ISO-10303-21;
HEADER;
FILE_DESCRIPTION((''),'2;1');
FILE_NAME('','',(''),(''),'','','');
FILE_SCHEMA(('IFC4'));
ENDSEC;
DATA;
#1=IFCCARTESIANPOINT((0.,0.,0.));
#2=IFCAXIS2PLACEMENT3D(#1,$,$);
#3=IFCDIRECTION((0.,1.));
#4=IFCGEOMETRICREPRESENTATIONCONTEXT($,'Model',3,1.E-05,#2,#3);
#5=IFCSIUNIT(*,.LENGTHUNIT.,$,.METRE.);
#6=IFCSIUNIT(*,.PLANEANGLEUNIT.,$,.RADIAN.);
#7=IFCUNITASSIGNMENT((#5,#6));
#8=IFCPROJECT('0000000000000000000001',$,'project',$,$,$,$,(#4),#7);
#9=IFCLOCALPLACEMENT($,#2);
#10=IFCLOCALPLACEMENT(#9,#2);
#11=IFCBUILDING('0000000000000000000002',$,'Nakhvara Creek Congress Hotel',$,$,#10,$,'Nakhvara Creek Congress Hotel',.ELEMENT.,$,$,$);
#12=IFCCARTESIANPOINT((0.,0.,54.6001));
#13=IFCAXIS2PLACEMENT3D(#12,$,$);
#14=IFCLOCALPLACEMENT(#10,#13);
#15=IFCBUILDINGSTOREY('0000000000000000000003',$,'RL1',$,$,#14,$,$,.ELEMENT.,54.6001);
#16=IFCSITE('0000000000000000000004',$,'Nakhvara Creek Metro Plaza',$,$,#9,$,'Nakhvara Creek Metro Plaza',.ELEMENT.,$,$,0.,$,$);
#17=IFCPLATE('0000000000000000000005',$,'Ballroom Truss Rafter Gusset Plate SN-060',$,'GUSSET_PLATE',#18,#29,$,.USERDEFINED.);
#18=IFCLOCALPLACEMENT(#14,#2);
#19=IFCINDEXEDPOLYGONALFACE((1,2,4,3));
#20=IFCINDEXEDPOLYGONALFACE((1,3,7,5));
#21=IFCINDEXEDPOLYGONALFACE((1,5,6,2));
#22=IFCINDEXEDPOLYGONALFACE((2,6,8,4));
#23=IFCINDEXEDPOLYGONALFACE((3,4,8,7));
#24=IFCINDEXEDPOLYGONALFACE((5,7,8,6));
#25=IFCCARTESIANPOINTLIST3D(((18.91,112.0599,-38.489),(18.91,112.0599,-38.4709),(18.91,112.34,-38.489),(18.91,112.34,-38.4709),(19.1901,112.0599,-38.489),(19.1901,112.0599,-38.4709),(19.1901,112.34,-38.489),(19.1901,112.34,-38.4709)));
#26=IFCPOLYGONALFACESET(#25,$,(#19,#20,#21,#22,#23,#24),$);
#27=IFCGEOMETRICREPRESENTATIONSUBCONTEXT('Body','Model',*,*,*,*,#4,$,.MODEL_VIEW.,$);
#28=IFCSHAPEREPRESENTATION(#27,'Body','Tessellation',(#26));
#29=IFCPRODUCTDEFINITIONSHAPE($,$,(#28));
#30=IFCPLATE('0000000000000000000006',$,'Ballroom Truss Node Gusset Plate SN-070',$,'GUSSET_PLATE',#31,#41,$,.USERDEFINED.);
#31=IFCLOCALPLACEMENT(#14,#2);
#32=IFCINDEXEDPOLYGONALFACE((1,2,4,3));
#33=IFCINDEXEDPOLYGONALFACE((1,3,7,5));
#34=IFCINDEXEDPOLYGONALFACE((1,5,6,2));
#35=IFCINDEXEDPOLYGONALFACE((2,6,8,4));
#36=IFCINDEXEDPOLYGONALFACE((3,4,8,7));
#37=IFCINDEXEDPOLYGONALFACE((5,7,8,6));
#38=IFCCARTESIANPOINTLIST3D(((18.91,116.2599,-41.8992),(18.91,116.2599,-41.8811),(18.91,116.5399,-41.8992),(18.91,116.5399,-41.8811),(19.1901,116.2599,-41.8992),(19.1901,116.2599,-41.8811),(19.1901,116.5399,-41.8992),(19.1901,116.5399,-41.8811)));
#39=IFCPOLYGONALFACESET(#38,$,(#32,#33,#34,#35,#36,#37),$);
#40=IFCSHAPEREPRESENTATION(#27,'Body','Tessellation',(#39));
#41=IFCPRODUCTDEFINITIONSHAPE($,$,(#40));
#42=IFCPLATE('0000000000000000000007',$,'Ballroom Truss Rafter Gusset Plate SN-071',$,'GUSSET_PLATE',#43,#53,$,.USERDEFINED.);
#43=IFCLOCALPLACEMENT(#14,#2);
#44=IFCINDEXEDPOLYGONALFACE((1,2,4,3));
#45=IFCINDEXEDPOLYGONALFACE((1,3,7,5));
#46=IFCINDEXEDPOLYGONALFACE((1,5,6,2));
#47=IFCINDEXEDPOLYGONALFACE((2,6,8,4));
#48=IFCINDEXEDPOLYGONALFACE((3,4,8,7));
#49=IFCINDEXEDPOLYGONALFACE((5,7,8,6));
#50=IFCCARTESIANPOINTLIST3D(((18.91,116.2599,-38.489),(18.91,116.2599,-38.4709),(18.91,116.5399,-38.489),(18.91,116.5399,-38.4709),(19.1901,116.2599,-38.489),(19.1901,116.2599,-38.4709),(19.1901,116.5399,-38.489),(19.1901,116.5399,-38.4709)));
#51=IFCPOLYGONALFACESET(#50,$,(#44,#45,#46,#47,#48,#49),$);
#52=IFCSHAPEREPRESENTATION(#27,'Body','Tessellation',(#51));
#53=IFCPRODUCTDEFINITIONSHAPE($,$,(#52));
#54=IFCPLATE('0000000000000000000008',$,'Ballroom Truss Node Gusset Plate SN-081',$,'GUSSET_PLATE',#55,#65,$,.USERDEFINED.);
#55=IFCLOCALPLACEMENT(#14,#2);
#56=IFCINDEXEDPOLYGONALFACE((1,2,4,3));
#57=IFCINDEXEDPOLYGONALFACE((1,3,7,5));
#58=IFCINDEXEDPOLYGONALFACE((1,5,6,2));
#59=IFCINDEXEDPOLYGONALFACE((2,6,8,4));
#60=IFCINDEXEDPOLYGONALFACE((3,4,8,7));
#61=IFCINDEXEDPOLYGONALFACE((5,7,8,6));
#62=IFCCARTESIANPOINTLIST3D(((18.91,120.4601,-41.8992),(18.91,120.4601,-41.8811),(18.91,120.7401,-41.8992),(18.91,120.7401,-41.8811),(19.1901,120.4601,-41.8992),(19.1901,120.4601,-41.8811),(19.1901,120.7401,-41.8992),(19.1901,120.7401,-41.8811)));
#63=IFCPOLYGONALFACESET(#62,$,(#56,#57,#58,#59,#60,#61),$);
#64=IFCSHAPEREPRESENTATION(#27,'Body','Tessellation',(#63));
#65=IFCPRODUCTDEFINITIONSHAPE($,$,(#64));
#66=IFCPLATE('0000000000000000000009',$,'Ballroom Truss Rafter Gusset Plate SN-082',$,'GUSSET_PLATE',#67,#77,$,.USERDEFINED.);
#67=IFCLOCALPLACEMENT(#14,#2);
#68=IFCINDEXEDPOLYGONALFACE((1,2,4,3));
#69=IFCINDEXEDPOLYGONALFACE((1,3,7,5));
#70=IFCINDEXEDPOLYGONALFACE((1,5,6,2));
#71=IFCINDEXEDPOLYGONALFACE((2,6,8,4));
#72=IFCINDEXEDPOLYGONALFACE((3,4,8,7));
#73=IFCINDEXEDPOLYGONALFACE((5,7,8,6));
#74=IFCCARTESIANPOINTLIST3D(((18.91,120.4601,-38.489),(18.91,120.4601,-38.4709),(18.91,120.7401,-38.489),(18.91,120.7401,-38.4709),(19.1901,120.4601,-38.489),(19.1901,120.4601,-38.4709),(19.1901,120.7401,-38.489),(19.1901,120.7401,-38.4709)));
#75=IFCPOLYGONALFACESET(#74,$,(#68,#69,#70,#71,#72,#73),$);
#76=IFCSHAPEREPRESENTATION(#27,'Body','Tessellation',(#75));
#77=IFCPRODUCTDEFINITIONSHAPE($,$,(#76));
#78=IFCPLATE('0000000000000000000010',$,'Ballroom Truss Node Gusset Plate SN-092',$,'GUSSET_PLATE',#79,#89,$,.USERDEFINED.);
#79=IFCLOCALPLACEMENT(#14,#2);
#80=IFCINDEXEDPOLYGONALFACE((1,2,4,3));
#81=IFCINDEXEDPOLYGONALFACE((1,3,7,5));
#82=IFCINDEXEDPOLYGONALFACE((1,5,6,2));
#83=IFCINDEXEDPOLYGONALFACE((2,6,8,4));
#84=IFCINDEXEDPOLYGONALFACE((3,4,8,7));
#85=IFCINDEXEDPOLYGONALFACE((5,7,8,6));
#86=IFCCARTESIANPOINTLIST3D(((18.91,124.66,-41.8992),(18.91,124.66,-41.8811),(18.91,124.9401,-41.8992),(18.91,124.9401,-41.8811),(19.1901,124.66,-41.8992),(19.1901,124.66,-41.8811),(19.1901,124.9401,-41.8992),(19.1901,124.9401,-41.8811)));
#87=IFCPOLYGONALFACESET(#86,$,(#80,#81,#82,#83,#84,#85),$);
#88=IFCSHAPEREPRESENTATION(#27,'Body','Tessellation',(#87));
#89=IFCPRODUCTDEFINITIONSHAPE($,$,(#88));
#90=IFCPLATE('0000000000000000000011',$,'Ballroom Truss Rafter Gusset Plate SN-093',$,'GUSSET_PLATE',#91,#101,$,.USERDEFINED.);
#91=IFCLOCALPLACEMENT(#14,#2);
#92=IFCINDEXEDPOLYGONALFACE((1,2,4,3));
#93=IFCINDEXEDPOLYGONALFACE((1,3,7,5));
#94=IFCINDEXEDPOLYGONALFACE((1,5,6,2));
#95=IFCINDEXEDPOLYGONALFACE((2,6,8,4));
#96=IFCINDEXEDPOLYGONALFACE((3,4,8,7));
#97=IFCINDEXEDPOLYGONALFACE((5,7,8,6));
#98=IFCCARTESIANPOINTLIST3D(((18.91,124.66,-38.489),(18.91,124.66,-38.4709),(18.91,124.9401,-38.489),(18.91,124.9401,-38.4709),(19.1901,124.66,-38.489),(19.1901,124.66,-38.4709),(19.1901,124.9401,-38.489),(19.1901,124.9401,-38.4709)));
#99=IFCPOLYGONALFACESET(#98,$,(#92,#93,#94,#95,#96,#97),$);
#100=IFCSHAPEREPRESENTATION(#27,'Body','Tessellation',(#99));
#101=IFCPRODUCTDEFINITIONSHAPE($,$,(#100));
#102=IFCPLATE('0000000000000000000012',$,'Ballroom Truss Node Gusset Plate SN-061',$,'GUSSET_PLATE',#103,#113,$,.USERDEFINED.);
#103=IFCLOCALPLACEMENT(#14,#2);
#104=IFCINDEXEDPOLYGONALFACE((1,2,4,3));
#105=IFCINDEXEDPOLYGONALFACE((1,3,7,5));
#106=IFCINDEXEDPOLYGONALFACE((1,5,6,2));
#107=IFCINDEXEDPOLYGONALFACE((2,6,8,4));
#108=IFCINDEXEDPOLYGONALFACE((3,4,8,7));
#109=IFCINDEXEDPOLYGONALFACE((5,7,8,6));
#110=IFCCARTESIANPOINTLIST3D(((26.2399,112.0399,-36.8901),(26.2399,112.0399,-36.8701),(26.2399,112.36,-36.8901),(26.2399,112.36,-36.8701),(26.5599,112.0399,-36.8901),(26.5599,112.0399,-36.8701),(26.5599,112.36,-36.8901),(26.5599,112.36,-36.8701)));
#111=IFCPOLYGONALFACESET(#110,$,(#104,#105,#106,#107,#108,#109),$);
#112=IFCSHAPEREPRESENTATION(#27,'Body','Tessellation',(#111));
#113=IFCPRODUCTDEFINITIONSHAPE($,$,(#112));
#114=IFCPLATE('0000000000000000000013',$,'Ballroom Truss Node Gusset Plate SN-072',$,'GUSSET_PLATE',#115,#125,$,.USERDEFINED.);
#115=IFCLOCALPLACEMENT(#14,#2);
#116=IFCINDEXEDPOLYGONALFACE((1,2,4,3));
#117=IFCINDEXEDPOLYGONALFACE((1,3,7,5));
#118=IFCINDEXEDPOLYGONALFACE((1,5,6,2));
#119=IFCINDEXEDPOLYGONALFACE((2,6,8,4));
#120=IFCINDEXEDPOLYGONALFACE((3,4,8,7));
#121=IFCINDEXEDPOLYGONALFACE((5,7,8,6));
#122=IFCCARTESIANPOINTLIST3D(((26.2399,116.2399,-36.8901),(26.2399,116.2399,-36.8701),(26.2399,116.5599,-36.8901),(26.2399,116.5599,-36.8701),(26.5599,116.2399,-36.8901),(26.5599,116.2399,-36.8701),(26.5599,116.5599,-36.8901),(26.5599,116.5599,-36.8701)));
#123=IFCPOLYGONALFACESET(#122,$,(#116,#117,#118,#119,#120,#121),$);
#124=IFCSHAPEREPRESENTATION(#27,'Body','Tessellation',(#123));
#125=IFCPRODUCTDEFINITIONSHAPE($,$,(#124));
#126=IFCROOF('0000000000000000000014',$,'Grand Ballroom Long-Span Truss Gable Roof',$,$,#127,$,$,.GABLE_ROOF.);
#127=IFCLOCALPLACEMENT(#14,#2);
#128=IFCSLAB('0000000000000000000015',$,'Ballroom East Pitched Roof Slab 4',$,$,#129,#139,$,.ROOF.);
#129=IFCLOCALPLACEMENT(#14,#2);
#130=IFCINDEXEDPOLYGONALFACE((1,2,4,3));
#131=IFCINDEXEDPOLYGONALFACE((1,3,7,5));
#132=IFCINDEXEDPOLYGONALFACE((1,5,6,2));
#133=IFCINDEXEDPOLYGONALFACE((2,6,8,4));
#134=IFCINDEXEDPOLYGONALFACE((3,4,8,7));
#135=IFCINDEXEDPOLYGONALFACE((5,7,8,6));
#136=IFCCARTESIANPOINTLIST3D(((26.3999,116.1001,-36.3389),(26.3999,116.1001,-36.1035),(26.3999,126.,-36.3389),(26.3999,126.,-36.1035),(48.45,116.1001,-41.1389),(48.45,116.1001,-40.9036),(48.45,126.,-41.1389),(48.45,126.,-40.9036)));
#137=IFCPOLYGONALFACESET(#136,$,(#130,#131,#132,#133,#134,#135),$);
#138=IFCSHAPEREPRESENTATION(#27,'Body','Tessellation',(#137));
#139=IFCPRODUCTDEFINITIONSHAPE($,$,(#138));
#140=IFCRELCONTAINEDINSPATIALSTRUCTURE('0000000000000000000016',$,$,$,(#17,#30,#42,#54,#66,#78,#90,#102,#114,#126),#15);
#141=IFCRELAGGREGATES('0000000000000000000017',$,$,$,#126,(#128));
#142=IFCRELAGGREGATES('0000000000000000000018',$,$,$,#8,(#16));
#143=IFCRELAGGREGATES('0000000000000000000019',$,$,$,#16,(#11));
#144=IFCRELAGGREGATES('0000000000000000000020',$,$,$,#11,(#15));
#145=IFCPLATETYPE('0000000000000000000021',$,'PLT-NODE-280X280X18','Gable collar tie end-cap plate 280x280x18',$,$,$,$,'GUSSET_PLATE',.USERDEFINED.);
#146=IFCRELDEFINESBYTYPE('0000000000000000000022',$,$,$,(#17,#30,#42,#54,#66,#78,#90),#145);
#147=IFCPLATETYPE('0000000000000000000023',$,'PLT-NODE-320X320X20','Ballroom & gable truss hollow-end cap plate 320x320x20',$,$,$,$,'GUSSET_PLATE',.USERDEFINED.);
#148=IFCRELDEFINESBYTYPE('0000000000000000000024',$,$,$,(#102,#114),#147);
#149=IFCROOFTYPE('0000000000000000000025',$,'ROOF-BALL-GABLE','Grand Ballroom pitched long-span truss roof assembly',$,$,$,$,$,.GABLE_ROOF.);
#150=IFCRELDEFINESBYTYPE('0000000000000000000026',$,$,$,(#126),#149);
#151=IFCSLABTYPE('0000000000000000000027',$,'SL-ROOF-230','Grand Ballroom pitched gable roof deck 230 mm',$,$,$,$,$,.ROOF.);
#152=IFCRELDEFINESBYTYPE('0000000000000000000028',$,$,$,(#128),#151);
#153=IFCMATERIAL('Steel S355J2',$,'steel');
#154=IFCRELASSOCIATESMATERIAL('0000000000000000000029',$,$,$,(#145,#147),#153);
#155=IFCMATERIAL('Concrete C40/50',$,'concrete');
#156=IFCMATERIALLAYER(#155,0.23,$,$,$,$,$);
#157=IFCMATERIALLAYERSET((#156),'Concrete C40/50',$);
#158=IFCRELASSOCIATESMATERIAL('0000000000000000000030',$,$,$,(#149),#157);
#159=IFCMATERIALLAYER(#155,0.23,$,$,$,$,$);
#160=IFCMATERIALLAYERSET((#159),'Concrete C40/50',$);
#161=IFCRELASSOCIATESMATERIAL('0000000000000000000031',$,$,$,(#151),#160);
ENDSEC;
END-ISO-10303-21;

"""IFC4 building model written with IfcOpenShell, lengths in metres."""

from ifc_helpers import new_model, si_unit, direction, frame, origin, origin_2d, place, context, subcontext, project, spatial, polyline, rectangle, outline, extrude, material, layer, layer_set, type_object, element, aggregate, save


model = new_model("IFC4")

# Units and contexts
model_context = context("Model", 3, precision=1e-05, world=origin(), true_north=direction((0.0, 1.0)))
body_context = subcontext(model_context, "Body", "Model", "MODEL_VIEW")
ifc_project = project(units=[si_unit("LENGTHUNIT", "METRE"), si_unit("PLANEANGLEUNIT", "RADIAN")], contexts=[model_context])

# Site, building, storey
site_placement = place(None, origin())
site = spatial("IfcSite", under=ifc_project, at=site_placement, Name="Nakhvara Creek Metro Plaza", LongName="Nakhvara Creek Metro Plaza", CompositionType="ELEMENT", RefElevation=0.0)
building_placement = place(site_placement, origin())
building = spatial("IfcBuilding", under=site, at=building_placement, Name="Nakhvara Creek Congress Hotel", LongName="Nakhvara Creek Congress Hotel", CompositionType="ELEMENT")
storey_placement = place(building_placement, frame((0.0, 0.0, 54.6001)))
storey = spatial("IfcBuildingStorey", under=building, at=storey_placement, Name="RL1", CompositionType="ELEMENT", Elevation=54.6001)

# Shared definitions
ifc_material_1 = material(Name="Steel S355J2", Category="steel")

# Plates
plate_type_1 = type_object("IfcPlateType", Name="PLT-NODE-280X280X18", Description="Gable collar tie end-cap plate 280x280x18", ElementType="GUSSET_PLATE", PredefinedType="USERDEFINED", material=ifc_material_1)
for number, where, z_axis, x_axis, name in (
    (1, (19.05, 112.2, -38.489), (0.0, 0.0, 1.0), (1.0, 0.0, 0.0), "Ballroom Truss Rafter Gusset Plate SN-060"),
    (2, (19.05, 116.3999, -41.8992), (0.0, 0.0, 1.0), (1.0, 0.0, 0.0), "Ballroom Truss Node Gusset Plate SN-070"),
    (3, (19.05, 116.3999, -38.489), (0.0, 0.0, 1.0), (1.0, 0.0, 0.0), "Ballroom Truss Rafter Gusset Plate SN-071"),
    (4, (19.05, 120.6001, -41.8992), (0.0, 0.0, 1.0), (1.0, 0.0, 0.0), "Ballroom Truss Node Gusset Plate SN-081"),
    (5, (19.05, 120.6001, -38.489), (0.0, 0.0, 1.0), (1.0, 0.0, 0.0), "Ballroom Truss Rafter Gusset Plate SN-082"),
    (6, (19.05, 124.8, -41.8992), (0.0, 0.0, 1.0), (1.0, 0.0, 0.0), "Ballroom Truss Node Gusset Plate SN-092"),
    (7, (19.05, 124.8, -38.489), (0.0, 0.0, 1.0), (1.0, 0.0, 0.0), "Ballroom Truss Rafter Gusset Plate SN-093"),
):
    element("IfcPlate", number, at=place(storey_placement, frame(where, z_axis=z_axis, x_axis=x_axis)), inside=storey, type_object=plate_type_1, Name=name, ObjectType="GUSSET_PLATE", PredefinedType="USERDEFINED", context=body_context, shape_type="SweptSolid", body=[
        extrude(rectangle(XDim=0.28, YDim=0.28, at=origin_2d()), origin(), (0.0, 0.0, 1.0), 0.0181),
    ])
plate_type_2 = type_object("IfcPlateType", Name="PLT-NODE-320X320X20", Description="Ballroom & gable truss hollow-end cap plate 320x320x20", ElementType="GUSSET_PLATE", PredefinedType="USERDEFINED", material=ifc_material_1)
for number, where, z_axis, x_axis, name in (
    (8, (26.3999, 112.2, -36.8901), (0.0, 0.0, 1.0), (1.0, 0.0, 0.0), "Ballroom Truss Node Gusset Plate SN-061"),
    (9, (26.3999, 116.3999, -36.8901), (0.0, 0.0, 1.0), (1.0, 0.0, 0.0), "Ballroom Truss Node Gusset Plate SN-072"),
):
    element("IfcPlate", number, at=place(storey_placement, frame(where, z_axis=z_axis, x_axis=x_axis)), inside=storey, type_object=plate_type_2, Name=name, ObjectType="GUSSET_PLATE", PredefinedType="USERDEFINED", context=body_context, shape_type="SweptSolid", body=[
        extrude(rectangle(XDim=0.3201, YDim=0.3201, at=origin_2d()), origin(), (0.0, 0.0, 1.0), 0.02),
    ])

# Roof, slab
ifc_material_2 = material(Name="Concrete C40/50", Category="concrete")
ifc_layer_1 = layer(ifc_material_2, 0.23)
ifc_layer_set_1 = layer_set([ifc_layer_1], Name="Concrete C40/50")
roof_type = type_object("IfcRoofType", Name="ROOF-BALL-GABLE", Description="Grand Ballroom pitched long-span truss roof assembly", PredefinedType="GABLE_ROOF", material=ifc_layer_set_1)
roof_placement = place(storey_placement, origin())
roof = element("IfcRoof", 10, at=roof_placement, inside=storey, type_object=roof_type, Name="Grand Ballroom Long-Span Truss Gable Roof", PredefinedType="GABLE_ROOF")
ifc_layer_2 = layer(ifc_material_2, 0.23)
ifc_layer_set_2 = layer_set([ifc_layer_2], Name="Concrete C40/50")
slab_type = type_object("IfcSlabType", Name="SL-ROOF-230", Description="Grand Ballroom pitched gable roof deck 230 mm", PredefinedType="ROOF", material=ifc_layer_set_2)
slab_placement = place(storey_placement, frame((26.3999, 116.1001, -36.1035), z_axis=(0.0, 0.0, 1.0), x_axis=(1.0, 0.0, 0.0)))
slab = element("IfcSlab", 11, at=slab_placement, type_object=slab_type, Name="Ballroom East Pitched Roof Slab 4", PredefinedType="ROOF", context=body_context, shape_type="SweptSolid", body=[
    extrude(outline(polyline([(0.0, 0.0), (22.05, -4.8), (22.05, -5.0354), (0.0, -0.2354), (0.0, 0.0)])), frame((0.0, 9.8999, 0.0), z_axis=(0.0, -1.0, 0.0), x_axis=(1.0, 0.0, 0.0)), (0.0, 0.0, 1.0), 9.8999),
])
aggregate(roof, [slab])

save(model, "model.ifc")
